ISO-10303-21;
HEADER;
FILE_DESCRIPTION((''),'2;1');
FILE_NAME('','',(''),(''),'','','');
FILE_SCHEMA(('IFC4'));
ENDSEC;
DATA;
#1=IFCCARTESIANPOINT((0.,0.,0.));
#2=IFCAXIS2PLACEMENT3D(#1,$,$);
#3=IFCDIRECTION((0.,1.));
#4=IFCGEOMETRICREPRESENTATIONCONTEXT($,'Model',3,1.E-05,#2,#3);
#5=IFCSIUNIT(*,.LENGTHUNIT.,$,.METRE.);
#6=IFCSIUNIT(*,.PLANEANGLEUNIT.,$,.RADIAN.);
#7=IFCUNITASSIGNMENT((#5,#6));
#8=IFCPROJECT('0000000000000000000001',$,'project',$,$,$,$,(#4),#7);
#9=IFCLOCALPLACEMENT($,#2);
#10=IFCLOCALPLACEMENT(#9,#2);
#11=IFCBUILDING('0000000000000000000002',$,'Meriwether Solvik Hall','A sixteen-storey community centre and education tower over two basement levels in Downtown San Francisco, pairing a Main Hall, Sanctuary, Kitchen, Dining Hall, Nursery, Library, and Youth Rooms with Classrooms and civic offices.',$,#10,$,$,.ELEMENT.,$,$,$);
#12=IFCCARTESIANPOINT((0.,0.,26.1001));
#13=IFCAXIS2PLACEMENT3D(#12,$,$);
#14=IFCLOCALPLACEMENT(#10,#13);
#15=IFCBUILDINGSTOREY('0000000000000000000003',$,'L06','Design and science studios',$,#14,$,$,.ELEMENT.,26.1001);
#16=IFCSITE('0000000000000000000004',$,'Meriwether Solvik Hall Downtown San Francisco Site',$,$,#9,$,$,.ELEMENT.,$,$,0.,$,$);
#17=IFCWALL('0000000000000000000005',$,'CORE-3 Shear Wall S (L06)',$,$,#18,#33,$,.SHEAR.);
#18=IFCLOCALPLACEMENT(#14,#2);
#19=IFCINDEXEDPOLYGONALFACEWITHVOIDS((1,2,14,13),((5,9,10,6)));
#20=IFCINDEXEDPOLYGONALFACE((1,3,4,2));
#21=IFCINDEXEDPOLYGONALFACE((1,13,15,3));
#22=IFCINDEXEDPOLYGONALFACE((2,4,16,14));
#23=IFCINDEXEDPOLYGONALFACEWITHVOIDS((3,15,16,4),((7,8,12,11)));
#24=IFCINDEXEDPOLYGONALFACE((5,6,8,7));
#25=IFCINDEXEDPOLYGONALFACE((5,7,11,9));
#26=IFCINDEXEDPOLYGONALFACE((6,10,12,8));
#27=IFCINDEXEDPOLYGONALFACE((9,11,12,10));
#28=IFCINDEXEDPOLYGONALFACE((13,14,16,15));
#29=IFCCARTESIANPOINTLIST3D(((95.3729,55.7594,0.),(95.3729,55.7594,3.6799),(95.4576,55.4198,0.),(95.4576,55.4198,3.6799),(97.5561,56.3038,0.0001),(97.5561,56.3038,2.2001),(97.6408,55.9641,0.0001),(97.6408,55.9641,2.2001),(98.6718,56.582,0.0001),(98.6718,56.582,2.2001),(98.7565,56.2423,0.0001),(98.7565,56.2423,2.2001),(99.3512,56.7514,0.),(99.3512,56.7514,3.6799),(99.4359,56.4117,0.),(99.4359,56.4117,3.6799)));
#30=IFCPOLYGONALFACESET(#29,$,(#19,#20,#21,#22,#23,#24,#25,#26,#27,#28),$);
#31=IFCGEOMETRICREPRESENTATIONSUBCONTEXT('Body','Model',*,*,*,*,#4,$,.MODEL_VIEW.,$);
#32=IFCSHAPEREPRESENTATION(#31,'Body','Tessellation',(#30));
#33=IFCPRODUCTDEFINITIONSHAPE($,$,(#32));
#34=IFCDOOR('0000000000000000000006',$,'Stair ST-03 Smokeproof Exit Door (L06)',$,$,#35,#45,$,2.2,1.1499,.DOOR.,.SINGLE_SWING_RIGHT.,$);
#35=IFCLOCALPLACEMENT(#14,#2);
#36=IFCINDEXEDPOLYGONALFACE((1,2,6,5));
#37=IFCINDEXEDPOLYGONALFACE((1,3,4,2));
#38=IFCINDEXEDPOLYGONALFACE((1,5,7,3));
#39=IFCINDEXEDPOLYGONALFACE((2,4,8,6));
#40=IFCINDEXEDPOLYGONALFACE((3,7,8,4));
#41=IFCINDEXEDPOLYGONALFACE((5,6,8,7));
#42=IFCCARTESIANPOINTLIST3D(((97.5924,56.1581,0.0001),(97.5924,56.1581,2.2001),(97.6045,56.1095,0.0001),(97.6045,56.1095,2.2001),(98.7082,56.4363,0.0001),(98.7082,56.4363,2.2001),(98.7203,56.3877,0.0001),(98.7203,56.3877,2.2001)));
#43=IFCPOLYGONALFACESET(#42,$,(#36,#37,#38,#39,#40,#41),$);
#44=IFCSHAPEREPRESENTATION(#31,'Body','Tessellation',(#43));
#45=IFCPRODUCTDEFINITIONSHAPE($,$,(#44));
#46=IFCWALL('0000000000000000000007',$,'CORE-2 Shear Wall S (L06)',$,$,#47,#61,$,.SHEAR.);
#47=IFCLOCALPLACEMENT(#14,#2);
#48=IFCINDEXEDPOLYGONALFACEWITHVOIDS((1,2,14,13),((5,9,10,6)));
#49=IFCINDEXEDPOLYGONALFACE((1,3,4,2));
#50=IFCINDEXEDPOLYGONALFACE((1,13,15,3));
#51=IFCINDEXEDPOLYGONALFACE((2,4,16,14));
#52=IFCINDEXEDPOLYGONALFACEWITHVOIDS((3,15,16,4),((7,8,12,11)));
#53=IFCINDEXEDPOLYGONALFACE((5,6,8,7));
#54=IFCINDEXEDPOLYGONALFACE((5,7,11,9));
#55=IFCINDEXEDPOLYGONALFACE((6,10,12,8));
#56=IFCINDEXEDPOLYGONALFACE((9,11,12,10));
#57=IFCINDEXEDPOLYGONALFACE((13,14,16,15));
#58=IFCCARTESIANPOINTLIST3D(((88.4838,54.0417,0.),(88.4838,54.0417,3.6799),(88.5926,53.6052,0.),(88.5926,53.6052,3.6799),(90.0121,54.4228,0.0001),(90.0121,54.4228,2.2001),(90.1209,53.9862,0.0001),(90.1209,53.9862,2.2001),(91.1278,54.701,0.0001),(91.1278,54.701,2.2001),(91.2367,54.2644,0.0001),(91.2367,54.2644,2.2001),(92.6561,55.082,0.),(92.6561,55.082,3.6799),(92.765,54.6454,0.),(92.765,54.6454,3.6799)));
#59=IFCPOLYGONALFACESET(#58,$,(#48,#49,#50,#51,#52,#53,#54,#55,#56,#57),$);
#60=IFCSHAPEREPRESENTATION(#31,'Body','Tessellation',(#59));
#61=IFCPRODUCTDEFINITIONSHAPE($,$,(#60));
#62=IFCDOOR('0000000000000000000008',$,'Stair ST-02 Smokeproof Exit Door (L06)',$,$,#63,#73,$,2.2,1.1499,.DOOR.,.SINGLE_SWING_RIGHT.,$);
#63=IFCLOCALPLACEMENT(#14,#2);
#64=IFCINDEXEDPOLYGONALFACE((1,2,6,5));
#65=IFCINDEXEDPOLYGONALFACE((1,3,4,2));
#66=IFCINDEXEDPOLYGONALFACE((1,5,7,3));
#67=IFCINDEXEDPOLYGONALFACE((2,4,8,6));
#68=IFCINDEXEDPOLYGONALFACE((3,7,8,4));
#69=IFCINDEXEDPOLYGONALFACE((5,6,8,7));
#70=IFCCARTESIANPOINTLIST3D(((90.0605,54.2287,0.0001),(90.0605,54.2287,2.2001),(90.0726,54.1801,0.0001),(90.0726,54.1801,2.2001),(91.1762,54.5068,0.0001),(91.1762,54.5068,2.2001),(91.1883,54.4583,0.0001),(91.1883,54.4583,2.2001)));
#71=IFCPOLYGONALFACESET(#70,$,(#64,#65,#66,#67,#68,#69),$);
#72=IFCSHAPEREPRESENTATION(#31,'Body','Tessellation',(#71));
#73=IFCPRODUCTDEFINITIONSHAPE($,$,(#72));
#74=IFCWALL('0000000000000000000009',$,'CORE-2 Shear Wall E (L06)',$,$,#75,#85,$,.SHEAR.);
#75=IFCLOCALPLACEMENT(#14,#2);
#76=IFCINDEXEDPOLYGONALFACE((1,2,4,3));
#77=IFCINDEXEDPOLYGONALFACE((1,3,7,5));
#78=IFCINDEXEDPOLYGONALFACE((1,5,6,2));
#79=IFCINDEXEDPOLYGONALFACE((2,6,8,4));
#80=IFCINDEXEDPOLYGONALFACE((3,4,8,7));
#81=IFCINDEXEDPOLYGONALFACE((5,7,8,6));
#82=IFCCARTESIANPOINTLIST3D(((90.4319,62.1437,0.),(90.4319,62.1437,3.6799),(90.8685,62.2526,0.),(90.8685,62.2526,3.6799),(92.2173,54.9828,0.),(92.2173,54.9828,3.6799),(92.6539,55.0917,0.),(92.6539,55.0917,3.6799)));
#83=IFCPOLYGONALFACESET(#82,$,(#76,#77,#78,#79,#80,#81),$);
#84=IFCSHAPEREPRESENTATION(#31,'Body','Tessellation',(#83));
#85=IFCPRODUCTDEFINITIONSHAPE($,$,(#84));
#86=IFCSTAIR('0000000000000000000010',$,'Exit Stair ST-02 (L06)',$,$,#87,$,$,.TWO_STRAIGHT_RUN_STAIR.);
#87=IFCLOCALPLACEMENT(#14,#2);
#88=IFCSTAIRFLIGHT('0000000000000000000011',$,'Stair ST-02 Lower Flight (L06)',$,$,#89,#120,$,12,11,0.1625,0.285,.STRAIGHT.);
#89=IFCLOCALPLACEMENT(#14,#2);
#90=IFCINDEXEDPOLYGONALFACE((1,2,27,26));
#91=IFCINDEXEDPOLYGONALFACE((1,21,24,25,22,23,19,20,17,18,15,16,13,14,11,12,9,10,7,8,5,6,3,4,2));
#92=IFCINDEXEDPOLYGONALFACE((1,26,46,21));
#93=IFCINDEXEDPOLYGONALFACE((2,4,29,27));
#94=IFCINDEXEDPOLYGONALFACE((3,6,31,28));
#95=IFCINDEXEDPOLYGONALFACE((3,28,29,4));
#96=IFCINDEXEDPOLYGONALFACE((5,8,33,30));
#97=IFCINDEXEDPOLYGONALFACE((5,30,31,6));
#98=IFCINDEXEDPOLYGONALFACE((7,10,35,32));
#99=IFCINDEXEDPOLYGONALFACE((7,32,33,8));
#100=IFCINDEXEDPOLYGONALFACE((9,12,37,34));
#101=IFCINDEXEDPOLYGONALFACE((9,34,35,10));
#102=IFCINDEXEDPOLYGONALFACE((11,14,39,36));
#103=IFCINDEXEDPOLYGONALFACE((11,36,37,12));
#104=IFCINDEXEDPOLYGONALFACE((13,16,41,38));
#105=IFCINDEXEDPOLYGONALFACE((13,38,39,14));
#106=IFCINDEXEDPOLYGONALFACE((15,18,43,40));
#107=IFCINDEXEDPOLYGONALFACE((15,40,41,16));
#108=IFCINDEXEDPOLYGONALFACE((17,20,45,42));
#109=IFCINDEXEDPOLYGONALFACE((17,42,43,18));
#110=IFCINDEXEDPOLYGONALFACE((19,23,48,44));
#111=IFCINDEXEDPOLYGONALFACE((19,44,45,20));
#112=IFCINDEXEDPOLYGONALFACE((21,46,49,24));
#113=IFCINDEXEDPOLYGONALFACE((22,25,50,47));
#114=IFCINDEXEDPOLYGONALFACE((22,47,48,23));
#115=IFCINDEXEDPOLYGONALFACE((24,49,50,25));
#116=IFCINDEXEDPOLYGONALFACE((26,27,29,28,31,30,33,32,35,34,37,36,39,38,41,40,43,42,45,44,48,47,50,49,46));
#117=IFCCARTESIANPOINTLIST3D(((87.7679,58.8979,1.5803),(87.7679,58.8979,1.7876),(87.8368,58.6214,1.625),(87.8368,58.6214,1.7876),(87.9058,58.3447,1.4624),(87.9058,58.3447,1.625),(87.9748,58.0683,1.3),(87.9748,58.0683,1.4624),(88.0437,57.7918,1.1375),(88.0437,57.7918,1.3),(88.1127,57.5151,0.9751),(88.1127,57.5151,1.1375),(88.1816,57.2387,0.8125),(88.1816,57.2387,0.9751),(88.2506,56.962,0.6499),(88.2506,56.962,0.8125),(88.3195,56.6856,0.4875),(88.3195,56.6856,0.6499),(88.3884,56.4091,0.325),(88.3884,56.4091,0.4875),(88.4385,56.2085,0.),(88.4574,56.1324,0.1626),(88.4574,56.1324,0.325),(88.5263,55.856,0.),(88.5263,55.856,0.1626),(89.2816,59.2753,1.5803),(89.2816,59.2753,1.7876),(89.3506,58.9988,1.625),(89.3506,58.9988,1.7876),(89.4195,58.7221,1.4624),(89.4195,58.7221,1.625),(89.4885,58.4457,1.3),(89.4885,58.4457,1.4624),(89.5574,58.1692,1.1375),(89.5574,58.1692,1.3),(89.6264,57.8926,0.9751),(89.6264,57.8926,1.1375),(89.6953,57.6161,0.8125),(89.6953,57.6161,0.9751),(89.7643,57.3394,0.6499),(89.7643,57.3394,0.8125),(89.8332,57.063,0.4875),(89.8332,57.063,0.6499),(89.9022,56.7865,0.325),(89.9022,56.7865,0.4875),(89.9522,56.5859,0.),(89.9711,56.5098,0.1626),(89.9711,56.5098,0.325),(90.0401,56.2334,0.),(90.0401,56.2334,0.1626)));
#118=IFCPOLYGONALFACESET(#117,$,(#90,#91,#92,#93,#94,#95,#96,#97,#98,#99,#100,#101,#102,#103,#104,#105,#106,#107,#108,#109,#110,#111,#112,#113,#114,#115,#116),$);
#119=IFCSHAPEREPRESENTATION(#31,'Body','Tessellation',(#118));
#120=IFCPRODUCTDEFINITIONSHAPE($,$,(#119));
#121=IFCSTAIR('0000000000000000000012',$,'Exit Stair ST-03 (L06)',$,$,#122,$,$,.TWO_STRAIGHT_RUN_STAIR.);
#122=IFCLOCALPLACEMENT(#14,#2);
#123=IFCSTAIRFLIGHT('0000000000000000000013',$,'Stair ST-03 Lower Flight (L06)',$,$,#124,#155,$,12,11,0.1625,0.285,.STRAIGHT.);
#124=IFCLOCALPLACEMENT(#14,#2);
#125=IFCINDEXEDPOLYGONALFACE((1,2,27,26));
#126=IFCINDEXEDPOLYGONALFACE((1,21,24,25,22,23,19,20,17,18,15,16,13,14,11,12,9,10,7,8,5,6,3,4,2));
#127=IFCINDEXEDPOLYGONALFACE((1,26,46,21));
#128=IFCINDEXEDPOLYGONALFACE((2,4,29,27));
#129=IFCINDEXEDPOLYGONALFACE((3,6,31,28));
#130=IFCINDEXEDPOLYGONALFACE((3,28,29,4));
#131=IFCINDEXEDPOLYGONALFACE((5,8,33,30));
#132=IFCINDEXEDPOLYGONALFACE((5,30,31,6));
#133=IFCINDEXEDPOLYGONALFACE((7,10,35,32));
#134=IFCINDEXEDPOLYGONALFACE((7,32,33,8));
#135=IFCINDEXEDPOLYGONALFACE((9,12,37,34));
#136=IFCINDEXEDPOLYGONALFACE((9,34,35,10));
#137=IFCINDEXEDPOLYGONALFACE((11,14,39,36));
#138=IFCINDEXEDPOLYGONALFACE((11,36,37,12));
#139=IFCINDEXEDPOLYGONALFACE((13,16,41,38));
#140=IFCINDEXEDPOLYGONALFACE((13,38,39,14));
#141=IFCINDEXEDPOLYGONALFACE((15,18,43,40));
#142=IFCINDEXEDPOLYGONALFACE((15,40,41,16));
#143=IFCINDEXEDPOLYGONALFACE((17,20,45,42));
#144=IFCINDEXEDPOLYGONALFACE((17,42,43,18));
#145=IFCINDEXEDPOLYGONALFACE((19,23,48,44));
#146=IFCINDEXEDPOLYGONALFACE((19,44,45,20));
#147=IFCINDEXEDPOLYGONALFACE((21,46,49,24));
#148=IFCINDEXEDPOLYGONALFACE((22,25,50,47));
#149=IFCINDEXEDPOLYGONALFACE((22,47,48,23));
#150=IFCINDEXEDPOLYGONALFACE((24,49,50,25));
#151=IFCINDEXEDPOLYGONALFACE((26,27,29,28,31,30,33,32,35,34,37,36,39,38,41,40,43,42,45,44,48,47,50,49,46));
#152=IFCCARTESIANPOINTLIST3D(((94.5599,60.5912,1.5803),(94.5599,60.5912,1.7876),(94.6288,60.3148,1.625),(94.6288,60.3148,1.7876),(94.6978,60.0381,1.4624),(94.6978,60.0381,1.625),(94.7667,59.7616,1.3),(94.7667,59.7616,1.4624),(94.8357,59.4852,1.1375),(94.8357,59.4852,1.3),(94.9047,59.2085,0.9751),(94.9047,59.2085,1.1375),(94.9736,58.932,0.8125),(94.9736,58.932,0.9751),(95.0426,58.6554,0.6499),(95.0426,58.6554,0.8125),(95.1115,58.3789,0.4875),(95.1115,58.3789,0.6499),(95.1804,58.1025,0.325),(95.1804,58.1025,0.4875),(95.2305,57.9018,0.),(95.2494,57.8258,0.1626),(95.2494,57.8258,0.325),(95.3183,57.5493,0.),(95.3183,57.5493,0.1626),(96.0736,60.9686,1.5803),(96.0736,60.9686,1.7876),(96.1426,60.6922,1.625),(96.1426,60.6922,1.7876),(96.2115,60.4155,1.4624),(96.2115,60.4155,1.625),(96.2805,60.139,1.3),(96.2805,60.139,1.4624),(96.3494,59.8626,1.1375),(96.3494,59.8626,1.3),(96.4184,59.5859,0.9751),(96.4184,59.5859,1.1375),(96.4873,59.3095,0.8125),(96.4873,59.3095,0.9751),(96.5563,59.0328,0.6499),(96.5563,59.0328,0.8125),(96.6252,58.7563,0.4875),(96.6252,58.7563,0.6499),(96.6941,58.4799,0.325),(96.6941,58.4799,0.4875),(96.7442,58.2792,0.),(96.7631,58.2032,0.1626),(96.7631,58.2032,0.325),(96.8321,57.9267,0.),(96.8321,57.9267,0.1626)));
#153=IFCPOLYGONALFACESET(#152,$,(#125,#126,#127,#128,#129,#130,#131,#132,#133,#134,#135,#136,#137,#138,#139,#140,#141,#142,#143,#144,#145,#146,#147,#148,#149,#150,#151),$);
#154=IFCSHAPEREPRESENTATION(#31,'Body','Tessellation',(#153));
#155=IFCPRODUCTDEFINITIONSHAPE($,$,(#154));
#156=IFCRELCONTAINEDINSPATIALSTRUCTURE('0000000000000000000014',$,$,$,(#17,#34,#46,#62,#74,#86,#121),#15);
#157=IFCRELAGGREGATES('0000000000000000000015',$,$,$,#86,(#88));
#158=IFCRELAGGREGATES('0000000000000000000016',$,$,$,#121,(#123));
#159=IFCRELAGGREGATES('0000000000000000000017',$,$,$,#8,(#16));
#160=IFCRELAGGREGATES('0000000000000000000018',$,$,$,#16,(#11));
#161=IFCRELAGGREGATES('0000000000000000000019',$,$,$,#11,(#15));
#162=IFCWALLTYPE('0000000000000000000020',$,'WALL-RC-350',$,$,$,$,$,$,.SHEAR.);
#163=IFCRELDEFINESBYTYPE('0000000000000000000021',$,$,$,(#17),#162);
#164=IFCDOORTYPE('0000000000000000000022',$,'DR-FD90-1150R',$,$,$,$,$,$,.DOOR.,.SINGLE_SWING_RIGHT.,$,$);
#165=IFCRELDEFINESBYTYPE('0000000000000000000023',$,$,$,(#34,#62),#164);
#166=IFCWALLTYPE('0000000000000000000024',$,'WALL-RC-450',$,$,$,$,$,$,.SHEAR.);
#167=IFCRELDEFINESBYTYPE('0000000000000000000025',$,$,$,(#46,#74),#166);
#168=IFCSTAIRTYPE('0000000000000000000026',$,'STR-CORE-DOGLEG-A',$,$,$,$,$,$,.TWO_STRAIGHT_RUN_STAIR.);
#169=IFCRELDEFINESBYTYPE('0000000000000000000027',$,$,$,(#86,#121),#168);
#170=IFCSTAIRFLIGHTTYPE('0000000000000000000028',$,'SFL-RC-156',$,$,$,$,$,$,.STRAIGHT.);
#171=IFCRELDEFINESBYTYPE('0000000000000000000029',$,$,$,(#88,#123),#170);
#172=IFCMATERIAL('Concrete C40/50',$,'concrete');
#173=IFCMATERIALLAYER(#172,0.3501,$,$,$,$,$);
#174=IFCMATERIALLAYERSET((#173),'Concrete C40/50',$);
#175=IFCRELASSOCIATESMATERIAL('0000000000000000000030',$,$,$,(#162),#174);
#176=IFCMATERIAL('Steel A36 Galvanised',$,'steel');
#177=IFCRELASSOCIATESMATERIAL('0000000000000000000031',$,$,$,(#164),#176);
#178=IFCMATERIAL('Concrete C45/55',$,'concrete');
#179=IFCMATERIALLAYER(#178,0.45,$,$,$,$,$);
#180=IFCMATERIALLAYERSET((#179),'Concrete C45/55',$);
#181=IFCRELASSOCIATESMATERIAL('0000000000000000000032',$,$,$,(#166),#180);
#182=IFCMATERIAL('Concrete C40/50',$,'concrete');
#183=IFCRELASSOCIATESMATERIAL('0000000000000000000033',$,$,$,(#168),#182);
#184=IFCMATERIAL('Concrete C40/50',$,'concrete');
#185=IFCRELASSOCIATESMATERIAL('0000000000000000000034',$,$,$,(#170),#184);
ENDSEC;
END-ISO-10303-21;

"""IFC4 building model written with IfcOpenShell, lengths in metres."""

from ifc_helpers import new_model, si_unit, direction, frame, frame_2d, origin, place, context, subcontext, project, spatial, polyline, rectangle, outline, extrude, material, layer, layer_set, type_object, element, fill, aggregate, save


model = new_model("IFC4")

# Units and contexts
model_context = context("Model", 3, precision=1e-05, world=origin(), true_north=direction((0.0, 1.0)))
body_context = subcontext(model_context, "Body", "Model", "MODEL_VIEW")
ifc_project = project(units=[si_unit("LENGTHUNIT", "METRE"), si_unit("PLANEANGLEUNIT", "RADIAN")], contexts=[model_context])

# Site, building, storey
site_placement = place(None, origin())
site = spatial("IfcSite", under=ifc_project, at=site_placement, Name="Meriwether Solvik Hall Downtown San Francisco Site", CompositionType="ELEMENT", RefElevation=0.0)
building_placement = place(site_placement, origin())
building = spatial("IfcBuilding", under=site, at=building_placement, Name="Meriwether Solvik Hall", Description="A sixteen-storey community centre and education tower over two basement levels in Downtown San Francisco, pairing a Main Hall, Sanctuary, Kitchen, Dining Hall, Nursery, Library, and Youth Rooms with Classrooms and civic offices.", CompositionType="ELEMENT")
storey_placement = place(building_placement, frame((0.0, 0.0, 26.1001)))
storey = spatial("IfcBuildingStorey", under=building, at=storey_placement, Name="L06", Description="Design and science studios", CompositionType="ELEMENT", Elevation=26.1001)

# Walls, openings, doors
ifc_material_1 = material(Name="Concrete C40/50", Category="concrete")
ifc_layer_1 = layer(ifc_material_1, 0.3501)
ifc_layer_set_1 = layer_set([ifc_layer_1], Name="Concrete C40/50")
wall_type_1 = type_object("IfcWallType", Name="WALL-RC-350", PredefinedType="SHEAR", material=ifc_layer_set_1)
wall_1_placement = place(storey_placement, frame((95.4153, 55.5896, 0.0), z_axis=(0.0, 0.0, 1.0), x_axis=(0.970293, 0.241933, 0.0)))
wall_1 = element("IfcWall", 1, at=wall_1_placement, inside=storey, type_object=wall_type_1, Name="CORE-3 Shear Wall S (L06)", PredefinedType="SHEAR", context=body_context, shape_type="SweptSolid", body=[
    extrude(rectangle(XDim=4.1001, YDim=0.3501, at=frame_2d((2.05, 0.0))), origin(), (0.0, 0.0, 1.0), 3.6799),
])
opening_1_placement = place(wall_1_placement, frame((2.25, 0.0, 0.0)))
opening_1 = element("IfcOpeningElement", 2, at=opening_1_placement, cuts=wall_1, PredefinedType="OPENING", context=body_context, shape_type="SweptSolid", body=[
    extrude(rectangle(XDim=1.1499, YDim=2.2, at=frame_2d((0.575, 1.1001))), frame((0.0, 0.187, 0.0), z_axis=(0.0, -1.0, 0.0), x_axis=(1.0, 0.0, 0.0)), (0.0, 0.0, 1.0), 0.374),
])
ifc_material_2 = material(Name="Steel A36 Galvanised", Category="steel")
door_type_1 = type_object("IfcDoorType", Name="DR-FD90-1150R", OperationType="SINGLE_SWING_RIGHT", PredefinedType="DOOR", material=ifc_material_2)
door_1_placement = place(opening_1_placement, origin())
door_1 = element("IfcDoor", 3, at=door_1_placement, inside=storey, type_object=door_type_1, Name="Stair ST-03 Smokeproof Exit Door (L06)", OperationType="SINGLE_SWING_RIGHT", OverallHeight=2.2, OverallWidth=1.1499, PredefinedType="DOOR", context=body_context, shape_type="SweptSolid", body=[
    extrude(rectangle(XDim=1.1499, YDim=2.2, at=frame_2d((0.575, 1.1001))), frame((0.0, 0.0249, 0.0), z_axis=(0.0, -1.0, 0.0), x_axis=(1.0, 0.0, 0.0)), (0.0, 0.0, 1.0), 0.05),
])
fill(opening_1, door_1)
ifc_material_3 = material(Name="Concrete C45/55", Category="concrete")
ifc_layer_2 = layer(ifc_material_3, 0.45)
ifc_layer_set_2 = layer_set([ifc_layer_2], Name="Concrete C45/55")
wall_type_2 = type_object("IfcWallType", Name="WALL-RC-450", PredefinedType="SHEAR", material=ifc_layer_set_2)
wall_2_placement = place(storey_placement, frame((88.5383, 53.8235, 0.0), z_axis=(0.0, 0.0, 1.0), x_axis=(0.970296, 0.241921, 0.0)))
wall_2 = element("IfcWall", 4, at=wall_2_placement, inside=storey, type_object=wall_type_2, Name="CORE-2 Shear Wall S (L06)", PredefinedType="SHEAR", context=body_context, shape_type="SweptSolid", body=[
    extrude(rectangle(XDim=4.3, YDim=0.45, at=frame_2d((2.1499, 0.0))), origin(), (0.0, 0.0, 1.0), 3.6799),
])
opening_2_placement = place(wall_2_placement, frame((1.575, 0.0, 0.0)))
opening_2 = element("IfcOpeningElement", 5, at=opening_2_placement, cuts=wall_2, PredefinedType="OPENING", context=body_context, shape_type="SweptSolid", body=[
    extrude(rectangle(XDim=1.1499, YDim=2.2, at=frame_2d((0.575, 1.1001))), frame((0.0, 0.2368, 0.0), z_axis=(0.0, -1.0, 0.0), x_axis=(1.0, 0.0, 0.0)), (0.0, 0.0, 1.0), 0.4739),
])
door_2_placement = place(opening_2_placement, origin())
door_2 = element("IfcDoor", 6, at=door_2_placement, inside=storey, type_object=door_type_1, Name="Stair ST-02 Smokeproof Exit Door (L06)", OperationType="SINGLE_SWING_RIGHT", OverallHeight=2.2, OverallWidth=1.1499, PredefinedType="DOOR", context=body_context, shape_type="SweptSolid", body=[
    extrude(rectangle(XDim=1.1499, YDim=2.2, at=frame_2d((0.575, 1.1001))), frame((0.0, 0.0249, 0.0), z_axis=(0.0, -1.0, 0.0), x_axis=(1.0, 0.0, 0.0)), (0.0, 0.0, 1.0), 0.05),
])
fill(opening_2, door_2)

# Wall
wall_3_placement = place(storey_placement, frame((92.4355, 55.0374, 0.0), z_axis=(0.0, 0.0, 1.0), x_axis=(-0.241921, 0.970296, 0.0)))
element("IfcWall", 7, at=wall_3_placement, inside=storey, type_object=wall_type_2, Name="CORE-2 Shear Wall E (L06)", PredefinedType="SHEAR", context=body_context, shape_type="SweptSolid", body=[
    extrude(rectangle(XDim=7.3801, YDim=0.45, at=frame_2d((3.6899, 0.0))), origin(), (0.0, 0.0, 1.0), 3.6799),
])

# Stairs, stair flights
ifc_material_4 = material(Name="Concrete C40/50", Category="concrete")
stair_type = type_object("IfcStairType", Name="STR-CORE-DOGLEG-A", PredefinedType="TWO_STRAIGHT_RUN_STAIR", material=ifc_material_4)
stair_1_placement = place(storey_placement, origin())
stair_1 = element("IfcStair", 8, at=stair_1_placement, inside=storey, type_object=stair_type, Name="Exit Stair ST-02 (L06)", PredefinedType="TWO_STRAIGHT_RUN_STAIR")
ifc_material_5 = material(Name="Concrete C40/50", Category="concrete")
stair_flight_type = type_object("IfcStairFlightType", Name="SFL-RC-156", PredefinedType="STRAIGHT", material=ifc_material_5)
stair_flight_1_placement = place(storey_placement, frame((89.2832, 56.0447, 0.0), z_axis=(0.0, 0.0, 1.0), x_axis=(-0.241922, 0.970296, 0.0)))
stair_flight_1 = element("IfcStairFlight", 9, at=stair_flight_1_placement, type_object=stair_flight_type, Name="Stair ST-02 Lower Flight (L06)", NumberOfRisers=12, NumberOfTreads=11, PredefinedType="STRAIGHT", RiserHeight=0.1625, TreadLength=0.285, context=body_context, shape_type="SweptSolid", body=[
    extrude(outline(polyline([(0.0, 0.0), (0.0, 0.1626), (0.2849, 0.1626), (0.2849, 0.325), (0.5701, 0.325), (0.5701, 0.4875), (0.855, 0.4875), (0.855, 0.6499), (1.1399, 0.6499), (1.1399, 0.8125), (1.425, 0.8125), (1.425, 0.9751), (1.71, 0.9751), (1.71, 1.1375), (1.9951, 1.1375), (1.9951, 1.3), (2.28, 1.3), (2.28, 1.4624), (2.5649, 1.4624), (2.5649, 1.625), (2.8501, 1.625), (2.8501, 1.7876), (3.135, 1.7876), (3.135, 1.95), (3.135, 1.5803), (0.3633, 0.0), (0.0, 0.0)])), frame((0.0, 0.78, 0.0), z_axis=(0.0, -1.0, 0.0), x_axis=(1.0, 0.0, 0.0)), (0.0, 0.0, 1.0), 1.5601),
])
aggregate(stair_1, [stair_flight_1])
stair_2_placement = place(storey_placement, origin())
stair_2 = element("IfcStair", 10, at=stair_2_placement, inside=storey, type_object=stair_type, Name="Exit Stair ST-03 (L06)", PredefinedType="TWO_STRAIGHT_RUN_STAIR")
stair_flight_2_placement = place(storey_placement, frame((96.0752, 57.738, 0.0), z_axis=(0.0, 0.0, 1.0), x_axis=(-0.241922, 0.970296, 0.0)))
stair_flight_2 = element("IfcStairFlight", 11, at=stair_flight_2_placement, type_object=stair_flight_type, Name="Stair ST-03 Lower Flight (L06)", NumberOfRisers=12, NumberOfTreads=11, PredefinedType="STRAIGHT", RiserHeight=0.1625, TreadLength=0.285, context=body_context, shape_type="SweptSolid", body=[
    extrude(outline(polyline([(0.0, 0.0), (0.0, 0.1626), (0.2849, 0.1626), (0.2849, 0.325), (0.5701, 0.325), (0.5701, 0.4875), (0.855, 0.4875), (0.855, 0.6499), (1.1399, 0.6499), (1.1399, 0.8125), (1.425, 0.8125), (1.425, 0.9751), (1.71, 0.9751), (1.71, 1.1375), (1.9951, 1.1375), (1.9951, 1.3), (2.28, 1.3), (2.28, 1.4624), (2.5649, 1.4624), (2.5649, 1.625), (2.8501, 1.625), (2.8501, 1.7876), (3.135, 1.7876), (3.135, 1.95), (3.135, 1.5803), (0.3633, 0.0), (0.0, 0.0)])), frame((0.0, 0.78, 0.0), z_axis=(0.0, -1.0, 0.0), x_axis=(1.0, 0.0, 0.0)), (0.0, 0.0, 1.0), 1.5601),
])
aggregate(stair_2, [stair_flight_2])

save(model, "model.ifc")
